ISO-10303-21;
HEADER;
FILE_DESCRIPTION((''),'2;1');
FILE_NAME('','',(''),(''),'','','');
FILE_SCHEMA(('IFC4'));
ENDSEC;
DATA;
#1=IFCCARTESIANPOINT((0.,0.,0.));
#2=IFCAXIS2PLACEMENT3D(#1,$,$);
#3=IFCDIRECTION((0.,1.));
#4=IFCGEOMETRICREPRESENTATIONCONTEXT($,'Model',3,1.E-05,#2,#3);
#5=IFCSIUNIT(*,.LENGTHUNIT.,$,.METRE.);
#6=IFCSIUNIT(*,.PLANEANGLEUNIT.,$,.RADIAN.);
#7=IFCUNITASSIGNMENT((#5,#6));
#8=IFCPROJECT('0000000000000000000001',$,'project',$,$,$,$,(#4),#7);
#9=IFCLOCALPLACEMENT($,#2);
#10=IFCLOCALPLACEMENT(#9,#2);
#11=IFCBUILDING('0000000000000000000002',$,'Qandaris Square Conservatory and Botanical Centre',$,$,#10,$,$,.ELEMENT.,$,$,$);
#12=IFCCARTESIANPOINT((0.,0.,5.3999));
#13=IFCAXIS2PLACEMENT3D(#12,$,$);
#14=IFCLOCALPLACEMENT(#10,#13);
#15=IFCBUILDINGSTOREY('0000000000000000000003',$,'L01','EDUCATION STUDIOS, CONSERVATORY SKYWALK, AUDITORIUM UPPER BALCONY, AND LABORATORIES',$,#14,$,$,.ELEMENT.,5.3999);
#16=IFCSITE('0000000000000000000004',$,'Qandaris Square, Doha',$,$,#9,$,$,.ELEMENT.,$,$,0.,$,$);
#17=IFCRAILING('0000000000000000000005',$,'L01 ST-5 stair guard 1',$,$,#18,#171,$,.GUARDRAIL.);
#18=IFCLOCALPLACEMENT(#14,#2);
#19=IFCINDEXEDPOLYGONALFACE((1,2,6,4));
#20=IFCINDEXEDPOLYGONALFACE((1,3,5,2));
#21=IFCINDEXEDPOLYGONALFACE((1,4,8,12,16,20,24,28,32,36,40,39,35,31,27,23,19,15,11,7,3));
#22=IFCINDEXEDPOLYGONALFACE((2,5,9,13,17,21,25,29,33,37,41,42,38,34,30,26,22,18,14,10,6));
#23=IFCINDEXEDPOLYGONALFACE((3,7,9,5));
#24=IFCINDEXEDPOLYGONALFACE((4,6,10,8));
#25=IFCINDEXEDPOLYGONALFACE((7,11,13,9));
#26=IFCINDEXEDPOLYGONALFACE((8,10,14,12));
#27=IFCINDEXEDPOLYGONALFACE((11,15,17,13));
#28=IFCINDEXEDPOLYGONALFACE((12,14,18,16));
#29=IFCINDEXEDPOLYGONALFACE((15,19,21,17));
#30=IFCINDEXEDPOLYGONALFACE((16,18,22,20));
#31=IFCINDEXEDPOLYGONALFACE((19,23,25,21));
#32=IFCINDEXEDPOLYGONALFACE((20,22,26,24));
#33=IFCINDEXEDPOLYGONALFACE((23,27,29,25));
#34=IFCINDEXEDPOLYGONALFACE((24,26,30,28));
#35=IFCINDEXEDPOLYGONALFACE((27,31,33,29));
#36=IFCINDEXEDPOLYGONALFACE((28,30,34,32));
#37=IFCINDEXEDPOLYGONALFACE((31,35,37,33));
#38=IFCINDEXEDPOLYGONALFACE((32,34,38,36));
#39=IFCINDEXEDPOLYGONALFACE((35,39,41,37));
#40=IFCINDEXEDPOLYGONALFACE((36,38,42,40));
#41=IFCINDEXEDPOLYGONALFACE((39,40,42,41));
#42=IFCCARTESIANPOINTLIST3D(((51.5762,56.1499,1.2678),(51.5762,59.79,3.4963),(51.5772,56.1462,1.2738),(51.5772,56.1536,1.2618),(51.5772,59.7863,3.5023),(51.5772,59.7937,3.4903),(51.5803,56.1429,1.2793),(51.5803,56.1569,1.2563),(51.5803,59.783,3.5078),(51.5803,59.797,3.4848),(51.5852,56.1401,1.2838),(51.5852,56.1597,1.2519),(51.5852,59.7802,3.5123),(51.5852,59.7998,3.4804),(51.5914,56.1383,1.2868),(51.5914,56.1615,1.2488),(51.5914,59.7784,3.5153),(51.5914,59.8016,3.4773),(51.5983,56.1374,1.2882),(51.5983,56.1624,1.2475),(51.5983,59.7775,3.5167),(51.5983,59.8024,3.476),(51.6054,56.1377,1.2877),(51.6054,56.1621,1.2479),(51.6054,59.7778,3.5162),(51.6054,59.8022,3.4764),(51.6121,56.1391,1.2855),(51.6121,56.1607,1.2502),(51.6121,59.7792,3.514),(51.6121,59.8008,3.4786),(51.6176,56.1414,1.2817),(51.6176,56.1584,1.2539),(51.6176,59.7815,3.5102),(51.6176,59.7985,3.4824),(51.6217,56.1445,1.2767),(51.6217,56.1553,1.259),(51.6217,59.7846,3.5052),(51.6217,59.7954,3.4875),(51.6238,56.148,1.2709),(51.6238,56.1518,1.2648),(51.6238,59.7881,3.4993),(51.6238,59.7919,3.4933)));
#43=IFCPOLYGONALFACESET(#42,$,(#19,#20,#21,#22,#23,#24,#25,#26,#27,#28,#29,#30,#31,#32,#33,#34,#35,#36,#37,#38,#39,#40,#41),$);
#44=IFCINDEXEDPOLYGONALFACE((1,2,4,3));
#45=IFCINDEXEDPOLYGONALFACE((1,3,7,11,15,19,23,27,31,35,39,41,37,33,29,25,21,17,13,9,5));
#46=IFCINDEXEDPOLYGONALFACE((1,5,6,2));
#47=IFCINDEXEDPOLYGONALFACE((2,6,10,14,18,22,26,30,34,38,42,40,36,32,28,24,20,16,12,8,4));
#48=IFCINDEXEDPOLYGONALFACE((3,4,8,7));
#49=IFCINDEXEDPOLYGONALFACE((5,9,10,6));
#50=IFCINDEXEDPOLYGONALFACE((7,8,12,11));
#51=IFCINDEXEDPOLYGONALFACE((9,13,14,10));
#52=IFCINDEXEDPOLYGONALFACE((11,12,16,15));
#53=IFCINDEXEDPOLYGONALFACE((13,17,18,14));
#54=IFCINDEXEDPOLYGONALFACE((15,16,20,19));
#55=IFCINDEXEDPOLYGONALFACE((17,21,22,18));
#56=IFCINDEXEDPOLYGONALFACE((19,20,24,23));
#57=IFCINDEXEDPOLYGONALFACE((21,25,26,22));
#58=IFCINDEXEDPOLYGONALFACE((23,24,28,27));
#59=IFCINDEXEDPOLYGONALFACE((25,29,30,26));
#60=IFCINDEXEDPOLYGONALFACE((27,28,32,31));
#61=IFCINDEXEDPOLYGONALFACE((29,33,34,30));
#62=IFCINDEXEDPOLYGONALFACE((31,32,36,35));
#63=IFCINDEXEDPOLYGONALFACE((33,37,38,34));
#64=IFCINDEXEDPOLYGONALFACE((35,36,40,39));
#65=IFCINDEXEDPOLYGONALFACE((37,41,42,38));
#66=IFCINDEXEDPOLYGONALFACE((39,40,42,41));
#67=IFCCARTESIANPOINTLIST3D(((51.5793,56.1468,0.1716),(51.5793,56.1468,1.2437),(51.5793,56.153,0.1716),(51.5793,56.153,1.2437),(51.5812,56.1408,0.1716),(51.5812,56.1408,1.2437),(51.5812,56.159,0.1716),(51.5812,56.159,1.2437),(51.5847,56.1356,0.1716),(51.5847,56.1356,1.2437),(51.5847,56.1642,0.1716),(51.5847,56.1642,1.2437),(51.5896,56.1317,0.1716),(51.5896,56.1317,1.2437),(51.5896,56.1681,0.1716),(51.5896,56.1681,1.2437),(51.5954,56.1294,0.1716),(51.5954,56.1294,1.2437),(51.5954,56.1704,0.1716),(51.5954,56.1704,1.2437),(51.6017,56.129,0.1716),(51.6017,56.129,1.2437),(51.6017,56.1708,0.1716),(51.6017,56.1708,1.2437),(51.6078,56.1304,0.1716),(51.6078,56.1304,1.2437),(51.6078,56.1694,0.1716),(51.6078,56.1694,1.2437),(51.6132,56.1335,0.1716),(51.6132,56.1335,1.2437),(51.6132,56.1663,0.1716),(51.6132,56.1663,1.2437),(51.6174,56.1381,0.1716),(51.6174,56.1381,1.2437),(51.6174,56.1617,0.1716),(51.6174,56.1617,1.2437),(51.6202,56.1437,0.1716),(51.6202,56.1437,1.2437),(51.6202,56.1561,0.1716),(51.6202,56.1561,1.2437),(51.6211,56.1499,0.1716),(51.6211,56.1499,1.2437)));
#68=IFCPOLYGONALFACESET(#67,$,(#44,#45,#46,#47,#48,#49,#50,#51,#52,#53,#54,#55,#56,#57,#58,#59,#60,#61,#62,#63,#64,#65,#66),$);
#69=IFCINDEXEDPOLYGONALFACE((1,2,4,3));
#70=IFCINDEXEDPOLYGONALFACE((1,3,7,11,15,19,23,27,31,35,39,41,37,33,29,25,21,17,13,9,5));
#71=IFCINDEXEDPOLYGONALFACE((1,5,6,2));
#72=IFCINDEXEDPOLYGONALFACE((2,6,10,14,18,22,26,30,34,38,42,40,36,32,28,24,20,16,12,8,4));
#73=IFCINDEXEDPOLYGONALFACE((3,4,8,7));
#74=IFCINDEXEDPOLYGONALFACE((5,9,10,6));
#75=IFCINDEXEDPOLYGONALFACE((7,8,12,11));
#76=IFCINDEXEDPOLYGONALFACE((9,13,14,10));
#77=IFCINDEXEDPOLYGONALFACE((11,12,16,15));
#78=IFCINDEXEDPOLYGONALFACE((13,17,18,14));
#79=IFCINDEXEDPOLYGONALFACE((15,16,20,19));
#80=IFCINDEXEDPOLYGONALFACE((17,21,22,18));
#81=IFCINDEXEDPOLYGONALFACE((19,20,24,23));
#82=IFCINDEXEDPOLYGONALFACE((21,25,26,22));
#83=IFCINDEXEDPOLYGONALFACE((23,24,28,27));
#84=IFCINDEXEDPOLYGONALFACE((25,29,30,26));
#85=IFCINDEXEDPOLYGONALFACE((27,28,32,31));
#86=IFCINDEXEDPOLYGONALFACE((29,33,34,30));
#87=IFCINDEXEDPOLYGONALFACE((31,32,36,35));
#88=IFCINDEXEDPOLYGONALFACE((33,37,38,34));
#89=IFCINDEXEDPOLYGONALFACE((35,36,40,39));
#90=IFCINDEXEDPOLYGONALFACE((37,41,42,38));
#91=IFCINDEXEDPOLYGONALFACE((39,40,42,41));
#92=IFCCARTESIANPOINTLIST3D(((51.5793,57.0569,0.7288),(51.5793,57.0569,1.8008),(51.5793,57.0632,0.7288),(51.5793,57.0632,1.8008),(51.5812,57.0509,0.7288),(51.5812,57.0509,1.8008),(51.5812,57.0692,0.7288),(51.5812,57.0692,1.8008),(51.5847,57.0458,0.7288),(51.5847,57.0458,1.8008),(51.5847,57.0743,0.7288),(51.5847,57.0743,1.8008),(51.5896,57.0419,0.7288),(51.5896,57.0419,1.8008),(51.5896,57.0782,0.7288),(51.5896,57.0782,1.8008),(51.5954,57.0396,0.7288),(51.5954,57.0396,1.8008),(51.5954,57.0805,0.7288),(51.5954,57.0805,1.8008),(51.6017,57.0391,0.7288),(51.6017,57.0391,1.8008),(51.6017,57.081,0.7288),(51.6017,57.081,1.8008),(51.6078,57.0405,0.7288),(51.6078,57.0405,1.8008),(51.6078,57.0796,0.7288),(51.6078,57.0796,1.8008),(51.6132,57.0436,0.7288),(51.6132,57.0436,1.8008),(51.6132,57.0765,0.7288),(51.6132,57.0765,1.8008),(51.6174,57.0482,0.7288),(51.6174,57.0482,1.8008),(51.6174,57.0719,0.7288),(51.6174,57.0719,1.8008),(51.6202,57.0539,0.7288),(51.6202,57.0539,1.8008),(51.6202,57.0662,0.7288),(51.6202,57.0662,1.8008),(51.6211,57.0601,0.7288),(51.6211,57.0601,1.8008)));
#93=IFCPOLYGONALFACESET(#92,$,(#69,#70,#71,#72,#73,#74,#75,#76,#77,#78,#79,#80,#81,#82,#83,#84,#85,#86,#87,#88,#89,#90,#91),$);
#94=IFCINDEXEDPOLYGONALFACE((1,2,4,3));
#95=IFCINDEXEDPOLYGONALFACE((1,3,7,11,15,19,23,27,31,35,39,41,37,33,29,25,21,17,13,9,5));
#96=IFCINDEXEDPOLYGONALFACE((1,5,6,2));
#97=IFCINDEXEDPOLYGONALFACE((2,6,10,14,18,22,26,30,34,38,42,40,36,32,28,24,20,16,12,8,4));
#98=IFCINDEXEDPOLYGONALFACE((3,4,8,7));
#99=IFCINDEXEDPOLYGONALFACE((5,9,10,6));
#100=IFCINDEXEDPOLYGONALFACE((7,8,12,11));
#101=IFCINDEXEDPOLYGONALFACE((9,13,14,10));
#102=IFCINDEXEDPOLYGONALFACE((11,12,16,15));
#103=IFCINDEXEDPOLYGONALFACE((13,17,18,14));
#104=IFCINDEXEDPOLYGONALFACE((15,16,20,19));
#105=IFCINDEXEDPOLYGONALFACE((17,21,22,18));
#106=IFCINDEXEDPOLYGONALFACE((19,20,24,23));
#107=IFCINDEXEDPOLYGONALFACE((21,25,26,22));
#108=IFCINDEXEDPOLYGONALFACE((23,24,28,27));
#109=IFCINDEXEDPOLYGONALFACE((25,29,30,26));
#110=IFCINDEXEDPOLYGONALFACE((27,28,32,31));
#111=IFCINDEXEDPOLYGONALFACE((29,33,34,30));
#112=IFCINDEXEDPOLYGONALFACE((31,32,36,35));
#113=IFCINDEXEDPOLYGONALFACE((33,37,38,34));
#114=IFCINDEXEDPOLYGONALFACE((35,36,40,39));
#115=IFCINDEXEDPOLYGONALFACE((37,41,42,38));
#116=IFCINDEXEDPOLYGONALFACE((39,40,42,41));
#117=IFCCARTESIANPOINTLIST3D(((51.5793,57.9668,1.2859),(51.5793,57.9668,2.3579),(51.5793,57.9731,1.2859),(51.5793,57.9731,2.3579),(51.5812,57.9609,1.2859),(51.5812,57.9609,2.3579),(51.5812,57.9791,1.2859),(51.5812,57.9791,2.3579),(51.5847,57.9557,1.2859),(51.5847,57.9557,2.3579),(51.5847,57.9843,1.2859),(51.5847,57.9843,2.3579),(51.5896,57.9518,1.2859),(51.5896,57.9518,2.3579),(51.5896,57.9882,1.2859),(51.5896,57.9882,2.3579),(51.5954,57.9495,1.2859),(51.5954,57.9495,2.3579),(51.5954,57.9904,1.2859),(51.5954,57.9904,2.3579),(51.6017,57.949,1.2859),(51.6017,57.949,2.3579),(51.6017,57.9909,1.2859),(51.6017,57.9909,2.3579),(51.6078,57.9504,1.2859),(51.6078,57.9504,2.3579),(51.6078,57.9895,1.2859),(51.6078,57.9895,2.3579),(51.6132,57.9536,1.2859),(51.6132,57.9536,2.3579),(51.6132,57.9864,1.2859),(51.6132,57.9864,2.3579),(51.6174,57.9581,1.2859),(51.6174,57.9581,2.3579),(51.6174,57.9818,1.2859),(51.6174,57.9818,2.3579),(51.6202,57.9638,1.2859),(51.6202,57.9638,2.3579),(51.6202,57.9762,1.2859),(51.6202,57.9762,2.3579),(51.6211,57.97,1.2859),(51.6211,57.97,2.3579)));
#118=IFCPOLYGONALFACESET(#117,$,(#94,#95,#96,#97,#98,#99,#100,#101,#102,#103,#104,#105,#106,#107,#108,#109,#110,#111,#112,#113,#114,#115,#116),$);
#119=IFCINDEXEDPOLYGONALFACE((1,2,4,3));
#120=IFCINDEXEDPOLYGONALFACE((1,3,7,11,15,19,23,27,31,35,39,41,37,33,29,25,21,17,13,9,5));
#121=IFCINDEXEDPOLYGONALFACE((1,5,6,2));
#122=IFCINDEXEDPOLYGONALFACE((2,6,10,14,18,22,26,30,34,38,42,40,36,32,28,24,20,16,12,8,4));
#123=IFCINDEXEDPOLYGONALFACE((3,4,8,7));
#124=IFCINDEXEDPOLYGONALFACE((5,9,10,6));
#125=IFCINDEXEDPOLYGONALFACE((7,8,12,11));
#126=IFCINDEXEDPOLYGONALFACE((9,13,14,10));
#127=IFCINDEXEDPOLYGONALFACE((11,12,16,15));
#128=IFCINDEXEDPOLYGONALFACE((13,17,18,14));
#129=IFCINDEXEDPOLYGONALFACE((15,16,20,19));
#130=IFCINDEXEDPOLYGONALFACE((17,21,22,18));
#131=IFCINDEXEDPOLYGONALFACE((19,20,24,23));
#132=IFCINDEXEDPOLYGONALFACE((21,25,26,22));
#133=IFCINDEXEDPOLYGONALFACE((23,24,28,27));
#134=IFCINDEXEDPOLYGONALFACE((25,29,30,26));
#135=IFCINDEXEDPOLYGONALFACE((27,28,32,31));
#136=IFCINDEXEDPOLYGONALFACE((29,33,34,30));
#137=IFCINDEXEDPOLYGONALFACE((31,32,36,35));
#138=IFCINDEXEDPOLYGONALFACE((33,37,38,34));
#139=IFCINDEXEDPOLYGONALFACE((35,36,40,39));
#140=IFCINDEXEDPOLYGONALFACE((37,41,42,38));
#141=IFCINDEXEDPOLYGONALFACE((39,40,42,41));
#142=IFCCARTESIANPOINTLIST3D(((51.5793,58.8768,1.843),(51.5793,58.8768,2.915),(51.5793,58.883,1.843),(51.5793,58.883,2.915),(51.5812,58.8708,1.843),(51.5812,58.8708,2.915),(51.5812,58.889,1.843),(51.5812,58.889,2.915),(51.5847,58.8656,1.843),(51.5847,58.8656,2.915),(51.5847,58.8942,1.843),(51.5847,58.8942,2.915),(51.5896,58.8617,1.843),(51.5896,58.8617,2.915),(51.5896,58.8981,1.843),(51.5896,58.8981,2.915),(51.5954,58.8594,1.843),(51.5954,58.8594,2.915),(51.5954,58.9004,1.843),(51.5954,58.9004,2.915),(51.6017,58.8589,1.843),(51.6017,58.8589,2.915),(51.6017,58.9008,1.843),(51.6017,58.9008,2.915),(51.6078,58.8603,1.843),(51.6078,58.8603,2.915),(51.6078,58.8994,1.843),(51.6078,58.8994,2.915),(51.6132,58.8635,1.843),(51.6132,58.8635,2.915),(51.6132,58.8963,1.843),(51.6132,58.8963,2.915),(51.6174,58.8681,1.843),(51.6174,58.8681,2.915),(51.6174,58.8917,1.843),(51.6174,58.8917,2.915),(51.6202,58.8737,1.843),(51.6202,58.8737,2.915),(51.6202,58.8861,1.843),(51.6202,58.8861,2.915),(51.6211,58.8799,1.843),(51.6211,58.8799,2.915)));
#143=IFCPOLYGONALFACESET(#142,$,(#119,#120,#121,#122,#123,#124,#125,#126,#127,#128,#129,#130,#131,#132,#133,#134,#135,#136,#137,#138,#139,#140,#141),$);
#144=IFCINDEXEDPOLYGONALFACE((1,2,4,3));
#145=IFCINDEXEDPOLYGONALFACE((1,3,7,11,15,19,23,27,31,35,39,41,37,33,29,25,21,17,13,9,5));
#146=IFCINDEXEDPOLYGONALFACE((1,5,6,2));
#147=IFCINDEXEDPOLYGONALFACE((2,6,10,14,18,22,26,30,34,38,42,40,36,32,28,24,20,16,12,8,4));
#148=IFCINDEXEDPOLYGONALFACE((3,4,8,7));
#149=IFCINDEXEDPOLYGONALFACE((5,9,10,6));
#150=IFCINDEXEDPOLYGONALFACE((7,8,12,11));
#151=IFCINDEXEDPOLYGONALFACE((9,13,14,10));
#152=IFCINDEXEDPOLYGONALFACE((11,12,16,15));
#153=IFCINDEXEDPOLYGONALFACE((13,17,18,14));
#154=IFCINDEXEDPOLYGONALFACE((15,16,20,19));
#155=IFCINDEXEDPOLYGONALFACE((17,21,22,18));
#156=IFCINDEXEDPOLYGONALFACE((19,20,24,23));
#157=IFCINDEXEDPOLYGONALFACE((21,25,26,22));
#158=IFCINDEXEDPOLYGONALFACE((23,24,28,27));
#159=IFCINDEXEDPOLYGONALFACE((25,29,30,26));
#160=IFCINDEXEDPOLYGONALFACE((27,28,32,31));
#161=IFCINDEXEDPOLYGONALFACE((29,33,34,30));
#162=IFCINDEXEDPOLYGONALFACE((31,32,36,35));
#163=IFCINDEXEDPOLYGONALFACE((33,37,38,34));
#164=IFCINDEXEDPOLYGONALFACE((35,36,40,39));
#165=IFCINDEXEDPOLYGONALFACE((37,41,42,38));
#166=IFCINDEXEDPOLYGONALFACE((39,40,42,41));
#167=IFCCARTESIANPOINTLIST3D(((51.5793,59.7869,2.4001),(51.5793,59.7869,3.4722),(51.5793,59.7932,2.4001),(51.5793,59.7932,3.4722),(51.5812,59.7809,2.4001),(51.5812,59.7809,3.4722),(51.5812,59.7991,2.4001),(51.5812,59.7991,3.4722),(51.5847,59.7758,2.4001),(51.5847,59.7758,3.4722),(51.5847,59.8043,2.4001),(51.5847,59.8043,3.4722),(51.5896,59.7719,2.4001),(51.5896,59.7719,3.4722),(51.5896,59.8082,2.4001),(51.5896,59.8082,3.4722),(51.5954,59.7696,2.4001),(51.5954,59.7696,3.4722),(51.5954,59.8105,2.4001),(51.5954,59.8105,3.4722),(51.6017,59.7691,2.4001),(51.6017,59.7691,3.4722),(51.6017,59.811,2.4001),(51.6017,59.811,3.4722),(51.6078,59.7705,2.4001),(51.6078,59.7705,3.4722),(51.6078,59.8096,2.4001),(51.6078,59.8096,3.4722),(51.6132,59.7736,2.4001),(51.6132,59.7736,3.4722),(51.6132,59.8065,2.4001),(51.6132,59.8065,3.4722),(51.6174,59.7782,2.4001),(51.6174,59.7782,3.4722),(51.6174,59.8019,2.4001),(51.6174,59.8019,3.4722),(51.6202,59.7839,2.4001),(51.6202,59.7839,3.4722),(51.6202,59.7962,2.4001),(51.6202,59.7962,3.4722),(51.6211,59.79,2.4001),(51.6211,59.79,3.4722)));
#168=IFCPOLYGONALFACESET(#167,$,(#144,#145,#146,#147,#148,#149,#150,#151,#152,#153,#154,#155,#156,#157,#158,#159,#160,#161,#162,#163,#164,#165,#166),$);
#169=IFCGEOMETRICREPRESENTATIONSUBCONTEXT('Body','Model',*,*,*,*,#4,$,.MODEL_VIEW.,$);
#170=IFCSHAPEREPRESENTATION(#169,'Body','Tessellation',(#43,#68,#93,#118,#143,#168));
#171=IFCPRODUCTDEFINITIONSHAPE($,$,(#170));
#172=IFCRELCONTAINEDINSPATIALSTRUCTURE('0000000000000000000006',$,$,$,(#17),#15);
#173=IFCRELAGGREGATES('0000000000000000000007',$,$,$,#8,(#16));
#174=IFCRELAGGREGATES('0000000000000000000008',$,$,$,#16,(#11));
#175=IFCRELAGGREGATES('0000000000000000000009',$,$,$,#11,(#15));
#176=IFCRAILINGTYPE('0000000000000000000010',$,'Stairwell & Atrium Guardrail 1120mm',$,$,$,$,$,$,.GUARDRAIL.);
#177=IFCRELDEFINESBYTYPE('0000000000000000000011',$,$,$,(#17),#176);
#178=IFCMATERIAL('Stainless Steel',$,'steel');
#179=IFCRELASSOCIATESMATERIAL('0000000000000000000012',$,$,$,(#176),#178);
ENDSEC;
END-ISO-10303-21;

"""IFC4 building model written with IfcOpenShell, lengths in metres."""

from ifc_helpers import new_model, si_unit, direction, frame, origin, origin_2d, place, context, subcontext, project, spatial, circle, extrude, material, type_object, element, save


model = new_model("IFC4")

# Units and contexts
model_context = context("Model", 3, precision=1e-05, world=origin(), true_north=direction((0.0, 1.0)))
body_context = subcontext(model_context, "Body", "Model", "MODEL_VIEW")
ifc_project = project(units=[si_unit("LENGTHUNIT", "METRE"), si_unit("PLANEANGLEUNIT", "RADIAN")], contexts=[model_context])

# Site, building, storey
site_placement = place(None, origin())
site = spatial("IfcSite", under=ifc_project, at=site_placement, Name="Qandaris Square, Doha", CompositionType="ELEMENT", RefElevation=0.0)
building_placement = place(site_placement, origin())
building = spatial("IfcBuilding", under=site, at=building_placement, Name="Qandaris Square Conservatory and Botanical Centre", CompositionType="ELEMENT")
storey_placement = place(building_placement, frame((0.0, 0.0, 5.3999)))
storey = spatial("IfcBuildingStorey", under=building, at=storey_placement, Name="L01", Description="EDUCATION STUDIOS, CONSERVATORY SKYWALK, AUDITORIUM UPPER BALCONY, AND LABORATORIES", CompositionType="ELEMENT", Elevation=5.3999)

# Railing
ifc_material_1 = material(Name="Stainless Steel", Category="steel")
railing_type_1 = type_object("IfcRailingType", Name="Stairwell & Atrium Guardrail 1120mm", PredefinedType="GUARDRAIL", material=ifc_material_1)
railing_1_placement = place(storey_placement, frame((51.6001, 56.1499, 0.1716)))
element("IfcRailing", 1, at=railing_1_placement, inside=storey, type_object=railing_type_1, Name="L01 ST-5 stair guard 1", PredefinedType="GUARDRAIL", context=body_context, shape_type="SweptSolid", body=[
    extrude(circle(Radius=0.0239, at=origin_2d()), frame((0.0, 0.0, 1.0962), z_axis=(0.0, 0.852866, 0.52213), x_axis=(-1.0, 0.0, 0.0)), (0.0, 0.0, 1.0), 4.2681),
    extrude(circle(Radius=0.021, at=origin_2d()), origin(), (0.0, 0.0, 1.0), 1.072),
    extrude(circle(Radius=0.021, at=origin_2d()), frame((0.0, 0.9102, 0.5571)), (0.0, 0.0, 1.0), 1.072),
    extrude(circle(Radius=0.021, at=origin_2d()), frame((0.0, 1.8201, 1.1143)), (0.0, 0.0, 1.0), 1.072),
    extrude(circle(Radius=0.021, at=origin_2d()), frame((0.0, 2.73, 1.6714)), (0.0, 0.0, 1.0), 1.072),
    extrude(circle(Radius=0.021, at=origin_2d()), frame((0.0, 3.6401, 2.2285)), (0.0, 0.0, 1.0), 1.072),
])

save(model, "model.ifc")
